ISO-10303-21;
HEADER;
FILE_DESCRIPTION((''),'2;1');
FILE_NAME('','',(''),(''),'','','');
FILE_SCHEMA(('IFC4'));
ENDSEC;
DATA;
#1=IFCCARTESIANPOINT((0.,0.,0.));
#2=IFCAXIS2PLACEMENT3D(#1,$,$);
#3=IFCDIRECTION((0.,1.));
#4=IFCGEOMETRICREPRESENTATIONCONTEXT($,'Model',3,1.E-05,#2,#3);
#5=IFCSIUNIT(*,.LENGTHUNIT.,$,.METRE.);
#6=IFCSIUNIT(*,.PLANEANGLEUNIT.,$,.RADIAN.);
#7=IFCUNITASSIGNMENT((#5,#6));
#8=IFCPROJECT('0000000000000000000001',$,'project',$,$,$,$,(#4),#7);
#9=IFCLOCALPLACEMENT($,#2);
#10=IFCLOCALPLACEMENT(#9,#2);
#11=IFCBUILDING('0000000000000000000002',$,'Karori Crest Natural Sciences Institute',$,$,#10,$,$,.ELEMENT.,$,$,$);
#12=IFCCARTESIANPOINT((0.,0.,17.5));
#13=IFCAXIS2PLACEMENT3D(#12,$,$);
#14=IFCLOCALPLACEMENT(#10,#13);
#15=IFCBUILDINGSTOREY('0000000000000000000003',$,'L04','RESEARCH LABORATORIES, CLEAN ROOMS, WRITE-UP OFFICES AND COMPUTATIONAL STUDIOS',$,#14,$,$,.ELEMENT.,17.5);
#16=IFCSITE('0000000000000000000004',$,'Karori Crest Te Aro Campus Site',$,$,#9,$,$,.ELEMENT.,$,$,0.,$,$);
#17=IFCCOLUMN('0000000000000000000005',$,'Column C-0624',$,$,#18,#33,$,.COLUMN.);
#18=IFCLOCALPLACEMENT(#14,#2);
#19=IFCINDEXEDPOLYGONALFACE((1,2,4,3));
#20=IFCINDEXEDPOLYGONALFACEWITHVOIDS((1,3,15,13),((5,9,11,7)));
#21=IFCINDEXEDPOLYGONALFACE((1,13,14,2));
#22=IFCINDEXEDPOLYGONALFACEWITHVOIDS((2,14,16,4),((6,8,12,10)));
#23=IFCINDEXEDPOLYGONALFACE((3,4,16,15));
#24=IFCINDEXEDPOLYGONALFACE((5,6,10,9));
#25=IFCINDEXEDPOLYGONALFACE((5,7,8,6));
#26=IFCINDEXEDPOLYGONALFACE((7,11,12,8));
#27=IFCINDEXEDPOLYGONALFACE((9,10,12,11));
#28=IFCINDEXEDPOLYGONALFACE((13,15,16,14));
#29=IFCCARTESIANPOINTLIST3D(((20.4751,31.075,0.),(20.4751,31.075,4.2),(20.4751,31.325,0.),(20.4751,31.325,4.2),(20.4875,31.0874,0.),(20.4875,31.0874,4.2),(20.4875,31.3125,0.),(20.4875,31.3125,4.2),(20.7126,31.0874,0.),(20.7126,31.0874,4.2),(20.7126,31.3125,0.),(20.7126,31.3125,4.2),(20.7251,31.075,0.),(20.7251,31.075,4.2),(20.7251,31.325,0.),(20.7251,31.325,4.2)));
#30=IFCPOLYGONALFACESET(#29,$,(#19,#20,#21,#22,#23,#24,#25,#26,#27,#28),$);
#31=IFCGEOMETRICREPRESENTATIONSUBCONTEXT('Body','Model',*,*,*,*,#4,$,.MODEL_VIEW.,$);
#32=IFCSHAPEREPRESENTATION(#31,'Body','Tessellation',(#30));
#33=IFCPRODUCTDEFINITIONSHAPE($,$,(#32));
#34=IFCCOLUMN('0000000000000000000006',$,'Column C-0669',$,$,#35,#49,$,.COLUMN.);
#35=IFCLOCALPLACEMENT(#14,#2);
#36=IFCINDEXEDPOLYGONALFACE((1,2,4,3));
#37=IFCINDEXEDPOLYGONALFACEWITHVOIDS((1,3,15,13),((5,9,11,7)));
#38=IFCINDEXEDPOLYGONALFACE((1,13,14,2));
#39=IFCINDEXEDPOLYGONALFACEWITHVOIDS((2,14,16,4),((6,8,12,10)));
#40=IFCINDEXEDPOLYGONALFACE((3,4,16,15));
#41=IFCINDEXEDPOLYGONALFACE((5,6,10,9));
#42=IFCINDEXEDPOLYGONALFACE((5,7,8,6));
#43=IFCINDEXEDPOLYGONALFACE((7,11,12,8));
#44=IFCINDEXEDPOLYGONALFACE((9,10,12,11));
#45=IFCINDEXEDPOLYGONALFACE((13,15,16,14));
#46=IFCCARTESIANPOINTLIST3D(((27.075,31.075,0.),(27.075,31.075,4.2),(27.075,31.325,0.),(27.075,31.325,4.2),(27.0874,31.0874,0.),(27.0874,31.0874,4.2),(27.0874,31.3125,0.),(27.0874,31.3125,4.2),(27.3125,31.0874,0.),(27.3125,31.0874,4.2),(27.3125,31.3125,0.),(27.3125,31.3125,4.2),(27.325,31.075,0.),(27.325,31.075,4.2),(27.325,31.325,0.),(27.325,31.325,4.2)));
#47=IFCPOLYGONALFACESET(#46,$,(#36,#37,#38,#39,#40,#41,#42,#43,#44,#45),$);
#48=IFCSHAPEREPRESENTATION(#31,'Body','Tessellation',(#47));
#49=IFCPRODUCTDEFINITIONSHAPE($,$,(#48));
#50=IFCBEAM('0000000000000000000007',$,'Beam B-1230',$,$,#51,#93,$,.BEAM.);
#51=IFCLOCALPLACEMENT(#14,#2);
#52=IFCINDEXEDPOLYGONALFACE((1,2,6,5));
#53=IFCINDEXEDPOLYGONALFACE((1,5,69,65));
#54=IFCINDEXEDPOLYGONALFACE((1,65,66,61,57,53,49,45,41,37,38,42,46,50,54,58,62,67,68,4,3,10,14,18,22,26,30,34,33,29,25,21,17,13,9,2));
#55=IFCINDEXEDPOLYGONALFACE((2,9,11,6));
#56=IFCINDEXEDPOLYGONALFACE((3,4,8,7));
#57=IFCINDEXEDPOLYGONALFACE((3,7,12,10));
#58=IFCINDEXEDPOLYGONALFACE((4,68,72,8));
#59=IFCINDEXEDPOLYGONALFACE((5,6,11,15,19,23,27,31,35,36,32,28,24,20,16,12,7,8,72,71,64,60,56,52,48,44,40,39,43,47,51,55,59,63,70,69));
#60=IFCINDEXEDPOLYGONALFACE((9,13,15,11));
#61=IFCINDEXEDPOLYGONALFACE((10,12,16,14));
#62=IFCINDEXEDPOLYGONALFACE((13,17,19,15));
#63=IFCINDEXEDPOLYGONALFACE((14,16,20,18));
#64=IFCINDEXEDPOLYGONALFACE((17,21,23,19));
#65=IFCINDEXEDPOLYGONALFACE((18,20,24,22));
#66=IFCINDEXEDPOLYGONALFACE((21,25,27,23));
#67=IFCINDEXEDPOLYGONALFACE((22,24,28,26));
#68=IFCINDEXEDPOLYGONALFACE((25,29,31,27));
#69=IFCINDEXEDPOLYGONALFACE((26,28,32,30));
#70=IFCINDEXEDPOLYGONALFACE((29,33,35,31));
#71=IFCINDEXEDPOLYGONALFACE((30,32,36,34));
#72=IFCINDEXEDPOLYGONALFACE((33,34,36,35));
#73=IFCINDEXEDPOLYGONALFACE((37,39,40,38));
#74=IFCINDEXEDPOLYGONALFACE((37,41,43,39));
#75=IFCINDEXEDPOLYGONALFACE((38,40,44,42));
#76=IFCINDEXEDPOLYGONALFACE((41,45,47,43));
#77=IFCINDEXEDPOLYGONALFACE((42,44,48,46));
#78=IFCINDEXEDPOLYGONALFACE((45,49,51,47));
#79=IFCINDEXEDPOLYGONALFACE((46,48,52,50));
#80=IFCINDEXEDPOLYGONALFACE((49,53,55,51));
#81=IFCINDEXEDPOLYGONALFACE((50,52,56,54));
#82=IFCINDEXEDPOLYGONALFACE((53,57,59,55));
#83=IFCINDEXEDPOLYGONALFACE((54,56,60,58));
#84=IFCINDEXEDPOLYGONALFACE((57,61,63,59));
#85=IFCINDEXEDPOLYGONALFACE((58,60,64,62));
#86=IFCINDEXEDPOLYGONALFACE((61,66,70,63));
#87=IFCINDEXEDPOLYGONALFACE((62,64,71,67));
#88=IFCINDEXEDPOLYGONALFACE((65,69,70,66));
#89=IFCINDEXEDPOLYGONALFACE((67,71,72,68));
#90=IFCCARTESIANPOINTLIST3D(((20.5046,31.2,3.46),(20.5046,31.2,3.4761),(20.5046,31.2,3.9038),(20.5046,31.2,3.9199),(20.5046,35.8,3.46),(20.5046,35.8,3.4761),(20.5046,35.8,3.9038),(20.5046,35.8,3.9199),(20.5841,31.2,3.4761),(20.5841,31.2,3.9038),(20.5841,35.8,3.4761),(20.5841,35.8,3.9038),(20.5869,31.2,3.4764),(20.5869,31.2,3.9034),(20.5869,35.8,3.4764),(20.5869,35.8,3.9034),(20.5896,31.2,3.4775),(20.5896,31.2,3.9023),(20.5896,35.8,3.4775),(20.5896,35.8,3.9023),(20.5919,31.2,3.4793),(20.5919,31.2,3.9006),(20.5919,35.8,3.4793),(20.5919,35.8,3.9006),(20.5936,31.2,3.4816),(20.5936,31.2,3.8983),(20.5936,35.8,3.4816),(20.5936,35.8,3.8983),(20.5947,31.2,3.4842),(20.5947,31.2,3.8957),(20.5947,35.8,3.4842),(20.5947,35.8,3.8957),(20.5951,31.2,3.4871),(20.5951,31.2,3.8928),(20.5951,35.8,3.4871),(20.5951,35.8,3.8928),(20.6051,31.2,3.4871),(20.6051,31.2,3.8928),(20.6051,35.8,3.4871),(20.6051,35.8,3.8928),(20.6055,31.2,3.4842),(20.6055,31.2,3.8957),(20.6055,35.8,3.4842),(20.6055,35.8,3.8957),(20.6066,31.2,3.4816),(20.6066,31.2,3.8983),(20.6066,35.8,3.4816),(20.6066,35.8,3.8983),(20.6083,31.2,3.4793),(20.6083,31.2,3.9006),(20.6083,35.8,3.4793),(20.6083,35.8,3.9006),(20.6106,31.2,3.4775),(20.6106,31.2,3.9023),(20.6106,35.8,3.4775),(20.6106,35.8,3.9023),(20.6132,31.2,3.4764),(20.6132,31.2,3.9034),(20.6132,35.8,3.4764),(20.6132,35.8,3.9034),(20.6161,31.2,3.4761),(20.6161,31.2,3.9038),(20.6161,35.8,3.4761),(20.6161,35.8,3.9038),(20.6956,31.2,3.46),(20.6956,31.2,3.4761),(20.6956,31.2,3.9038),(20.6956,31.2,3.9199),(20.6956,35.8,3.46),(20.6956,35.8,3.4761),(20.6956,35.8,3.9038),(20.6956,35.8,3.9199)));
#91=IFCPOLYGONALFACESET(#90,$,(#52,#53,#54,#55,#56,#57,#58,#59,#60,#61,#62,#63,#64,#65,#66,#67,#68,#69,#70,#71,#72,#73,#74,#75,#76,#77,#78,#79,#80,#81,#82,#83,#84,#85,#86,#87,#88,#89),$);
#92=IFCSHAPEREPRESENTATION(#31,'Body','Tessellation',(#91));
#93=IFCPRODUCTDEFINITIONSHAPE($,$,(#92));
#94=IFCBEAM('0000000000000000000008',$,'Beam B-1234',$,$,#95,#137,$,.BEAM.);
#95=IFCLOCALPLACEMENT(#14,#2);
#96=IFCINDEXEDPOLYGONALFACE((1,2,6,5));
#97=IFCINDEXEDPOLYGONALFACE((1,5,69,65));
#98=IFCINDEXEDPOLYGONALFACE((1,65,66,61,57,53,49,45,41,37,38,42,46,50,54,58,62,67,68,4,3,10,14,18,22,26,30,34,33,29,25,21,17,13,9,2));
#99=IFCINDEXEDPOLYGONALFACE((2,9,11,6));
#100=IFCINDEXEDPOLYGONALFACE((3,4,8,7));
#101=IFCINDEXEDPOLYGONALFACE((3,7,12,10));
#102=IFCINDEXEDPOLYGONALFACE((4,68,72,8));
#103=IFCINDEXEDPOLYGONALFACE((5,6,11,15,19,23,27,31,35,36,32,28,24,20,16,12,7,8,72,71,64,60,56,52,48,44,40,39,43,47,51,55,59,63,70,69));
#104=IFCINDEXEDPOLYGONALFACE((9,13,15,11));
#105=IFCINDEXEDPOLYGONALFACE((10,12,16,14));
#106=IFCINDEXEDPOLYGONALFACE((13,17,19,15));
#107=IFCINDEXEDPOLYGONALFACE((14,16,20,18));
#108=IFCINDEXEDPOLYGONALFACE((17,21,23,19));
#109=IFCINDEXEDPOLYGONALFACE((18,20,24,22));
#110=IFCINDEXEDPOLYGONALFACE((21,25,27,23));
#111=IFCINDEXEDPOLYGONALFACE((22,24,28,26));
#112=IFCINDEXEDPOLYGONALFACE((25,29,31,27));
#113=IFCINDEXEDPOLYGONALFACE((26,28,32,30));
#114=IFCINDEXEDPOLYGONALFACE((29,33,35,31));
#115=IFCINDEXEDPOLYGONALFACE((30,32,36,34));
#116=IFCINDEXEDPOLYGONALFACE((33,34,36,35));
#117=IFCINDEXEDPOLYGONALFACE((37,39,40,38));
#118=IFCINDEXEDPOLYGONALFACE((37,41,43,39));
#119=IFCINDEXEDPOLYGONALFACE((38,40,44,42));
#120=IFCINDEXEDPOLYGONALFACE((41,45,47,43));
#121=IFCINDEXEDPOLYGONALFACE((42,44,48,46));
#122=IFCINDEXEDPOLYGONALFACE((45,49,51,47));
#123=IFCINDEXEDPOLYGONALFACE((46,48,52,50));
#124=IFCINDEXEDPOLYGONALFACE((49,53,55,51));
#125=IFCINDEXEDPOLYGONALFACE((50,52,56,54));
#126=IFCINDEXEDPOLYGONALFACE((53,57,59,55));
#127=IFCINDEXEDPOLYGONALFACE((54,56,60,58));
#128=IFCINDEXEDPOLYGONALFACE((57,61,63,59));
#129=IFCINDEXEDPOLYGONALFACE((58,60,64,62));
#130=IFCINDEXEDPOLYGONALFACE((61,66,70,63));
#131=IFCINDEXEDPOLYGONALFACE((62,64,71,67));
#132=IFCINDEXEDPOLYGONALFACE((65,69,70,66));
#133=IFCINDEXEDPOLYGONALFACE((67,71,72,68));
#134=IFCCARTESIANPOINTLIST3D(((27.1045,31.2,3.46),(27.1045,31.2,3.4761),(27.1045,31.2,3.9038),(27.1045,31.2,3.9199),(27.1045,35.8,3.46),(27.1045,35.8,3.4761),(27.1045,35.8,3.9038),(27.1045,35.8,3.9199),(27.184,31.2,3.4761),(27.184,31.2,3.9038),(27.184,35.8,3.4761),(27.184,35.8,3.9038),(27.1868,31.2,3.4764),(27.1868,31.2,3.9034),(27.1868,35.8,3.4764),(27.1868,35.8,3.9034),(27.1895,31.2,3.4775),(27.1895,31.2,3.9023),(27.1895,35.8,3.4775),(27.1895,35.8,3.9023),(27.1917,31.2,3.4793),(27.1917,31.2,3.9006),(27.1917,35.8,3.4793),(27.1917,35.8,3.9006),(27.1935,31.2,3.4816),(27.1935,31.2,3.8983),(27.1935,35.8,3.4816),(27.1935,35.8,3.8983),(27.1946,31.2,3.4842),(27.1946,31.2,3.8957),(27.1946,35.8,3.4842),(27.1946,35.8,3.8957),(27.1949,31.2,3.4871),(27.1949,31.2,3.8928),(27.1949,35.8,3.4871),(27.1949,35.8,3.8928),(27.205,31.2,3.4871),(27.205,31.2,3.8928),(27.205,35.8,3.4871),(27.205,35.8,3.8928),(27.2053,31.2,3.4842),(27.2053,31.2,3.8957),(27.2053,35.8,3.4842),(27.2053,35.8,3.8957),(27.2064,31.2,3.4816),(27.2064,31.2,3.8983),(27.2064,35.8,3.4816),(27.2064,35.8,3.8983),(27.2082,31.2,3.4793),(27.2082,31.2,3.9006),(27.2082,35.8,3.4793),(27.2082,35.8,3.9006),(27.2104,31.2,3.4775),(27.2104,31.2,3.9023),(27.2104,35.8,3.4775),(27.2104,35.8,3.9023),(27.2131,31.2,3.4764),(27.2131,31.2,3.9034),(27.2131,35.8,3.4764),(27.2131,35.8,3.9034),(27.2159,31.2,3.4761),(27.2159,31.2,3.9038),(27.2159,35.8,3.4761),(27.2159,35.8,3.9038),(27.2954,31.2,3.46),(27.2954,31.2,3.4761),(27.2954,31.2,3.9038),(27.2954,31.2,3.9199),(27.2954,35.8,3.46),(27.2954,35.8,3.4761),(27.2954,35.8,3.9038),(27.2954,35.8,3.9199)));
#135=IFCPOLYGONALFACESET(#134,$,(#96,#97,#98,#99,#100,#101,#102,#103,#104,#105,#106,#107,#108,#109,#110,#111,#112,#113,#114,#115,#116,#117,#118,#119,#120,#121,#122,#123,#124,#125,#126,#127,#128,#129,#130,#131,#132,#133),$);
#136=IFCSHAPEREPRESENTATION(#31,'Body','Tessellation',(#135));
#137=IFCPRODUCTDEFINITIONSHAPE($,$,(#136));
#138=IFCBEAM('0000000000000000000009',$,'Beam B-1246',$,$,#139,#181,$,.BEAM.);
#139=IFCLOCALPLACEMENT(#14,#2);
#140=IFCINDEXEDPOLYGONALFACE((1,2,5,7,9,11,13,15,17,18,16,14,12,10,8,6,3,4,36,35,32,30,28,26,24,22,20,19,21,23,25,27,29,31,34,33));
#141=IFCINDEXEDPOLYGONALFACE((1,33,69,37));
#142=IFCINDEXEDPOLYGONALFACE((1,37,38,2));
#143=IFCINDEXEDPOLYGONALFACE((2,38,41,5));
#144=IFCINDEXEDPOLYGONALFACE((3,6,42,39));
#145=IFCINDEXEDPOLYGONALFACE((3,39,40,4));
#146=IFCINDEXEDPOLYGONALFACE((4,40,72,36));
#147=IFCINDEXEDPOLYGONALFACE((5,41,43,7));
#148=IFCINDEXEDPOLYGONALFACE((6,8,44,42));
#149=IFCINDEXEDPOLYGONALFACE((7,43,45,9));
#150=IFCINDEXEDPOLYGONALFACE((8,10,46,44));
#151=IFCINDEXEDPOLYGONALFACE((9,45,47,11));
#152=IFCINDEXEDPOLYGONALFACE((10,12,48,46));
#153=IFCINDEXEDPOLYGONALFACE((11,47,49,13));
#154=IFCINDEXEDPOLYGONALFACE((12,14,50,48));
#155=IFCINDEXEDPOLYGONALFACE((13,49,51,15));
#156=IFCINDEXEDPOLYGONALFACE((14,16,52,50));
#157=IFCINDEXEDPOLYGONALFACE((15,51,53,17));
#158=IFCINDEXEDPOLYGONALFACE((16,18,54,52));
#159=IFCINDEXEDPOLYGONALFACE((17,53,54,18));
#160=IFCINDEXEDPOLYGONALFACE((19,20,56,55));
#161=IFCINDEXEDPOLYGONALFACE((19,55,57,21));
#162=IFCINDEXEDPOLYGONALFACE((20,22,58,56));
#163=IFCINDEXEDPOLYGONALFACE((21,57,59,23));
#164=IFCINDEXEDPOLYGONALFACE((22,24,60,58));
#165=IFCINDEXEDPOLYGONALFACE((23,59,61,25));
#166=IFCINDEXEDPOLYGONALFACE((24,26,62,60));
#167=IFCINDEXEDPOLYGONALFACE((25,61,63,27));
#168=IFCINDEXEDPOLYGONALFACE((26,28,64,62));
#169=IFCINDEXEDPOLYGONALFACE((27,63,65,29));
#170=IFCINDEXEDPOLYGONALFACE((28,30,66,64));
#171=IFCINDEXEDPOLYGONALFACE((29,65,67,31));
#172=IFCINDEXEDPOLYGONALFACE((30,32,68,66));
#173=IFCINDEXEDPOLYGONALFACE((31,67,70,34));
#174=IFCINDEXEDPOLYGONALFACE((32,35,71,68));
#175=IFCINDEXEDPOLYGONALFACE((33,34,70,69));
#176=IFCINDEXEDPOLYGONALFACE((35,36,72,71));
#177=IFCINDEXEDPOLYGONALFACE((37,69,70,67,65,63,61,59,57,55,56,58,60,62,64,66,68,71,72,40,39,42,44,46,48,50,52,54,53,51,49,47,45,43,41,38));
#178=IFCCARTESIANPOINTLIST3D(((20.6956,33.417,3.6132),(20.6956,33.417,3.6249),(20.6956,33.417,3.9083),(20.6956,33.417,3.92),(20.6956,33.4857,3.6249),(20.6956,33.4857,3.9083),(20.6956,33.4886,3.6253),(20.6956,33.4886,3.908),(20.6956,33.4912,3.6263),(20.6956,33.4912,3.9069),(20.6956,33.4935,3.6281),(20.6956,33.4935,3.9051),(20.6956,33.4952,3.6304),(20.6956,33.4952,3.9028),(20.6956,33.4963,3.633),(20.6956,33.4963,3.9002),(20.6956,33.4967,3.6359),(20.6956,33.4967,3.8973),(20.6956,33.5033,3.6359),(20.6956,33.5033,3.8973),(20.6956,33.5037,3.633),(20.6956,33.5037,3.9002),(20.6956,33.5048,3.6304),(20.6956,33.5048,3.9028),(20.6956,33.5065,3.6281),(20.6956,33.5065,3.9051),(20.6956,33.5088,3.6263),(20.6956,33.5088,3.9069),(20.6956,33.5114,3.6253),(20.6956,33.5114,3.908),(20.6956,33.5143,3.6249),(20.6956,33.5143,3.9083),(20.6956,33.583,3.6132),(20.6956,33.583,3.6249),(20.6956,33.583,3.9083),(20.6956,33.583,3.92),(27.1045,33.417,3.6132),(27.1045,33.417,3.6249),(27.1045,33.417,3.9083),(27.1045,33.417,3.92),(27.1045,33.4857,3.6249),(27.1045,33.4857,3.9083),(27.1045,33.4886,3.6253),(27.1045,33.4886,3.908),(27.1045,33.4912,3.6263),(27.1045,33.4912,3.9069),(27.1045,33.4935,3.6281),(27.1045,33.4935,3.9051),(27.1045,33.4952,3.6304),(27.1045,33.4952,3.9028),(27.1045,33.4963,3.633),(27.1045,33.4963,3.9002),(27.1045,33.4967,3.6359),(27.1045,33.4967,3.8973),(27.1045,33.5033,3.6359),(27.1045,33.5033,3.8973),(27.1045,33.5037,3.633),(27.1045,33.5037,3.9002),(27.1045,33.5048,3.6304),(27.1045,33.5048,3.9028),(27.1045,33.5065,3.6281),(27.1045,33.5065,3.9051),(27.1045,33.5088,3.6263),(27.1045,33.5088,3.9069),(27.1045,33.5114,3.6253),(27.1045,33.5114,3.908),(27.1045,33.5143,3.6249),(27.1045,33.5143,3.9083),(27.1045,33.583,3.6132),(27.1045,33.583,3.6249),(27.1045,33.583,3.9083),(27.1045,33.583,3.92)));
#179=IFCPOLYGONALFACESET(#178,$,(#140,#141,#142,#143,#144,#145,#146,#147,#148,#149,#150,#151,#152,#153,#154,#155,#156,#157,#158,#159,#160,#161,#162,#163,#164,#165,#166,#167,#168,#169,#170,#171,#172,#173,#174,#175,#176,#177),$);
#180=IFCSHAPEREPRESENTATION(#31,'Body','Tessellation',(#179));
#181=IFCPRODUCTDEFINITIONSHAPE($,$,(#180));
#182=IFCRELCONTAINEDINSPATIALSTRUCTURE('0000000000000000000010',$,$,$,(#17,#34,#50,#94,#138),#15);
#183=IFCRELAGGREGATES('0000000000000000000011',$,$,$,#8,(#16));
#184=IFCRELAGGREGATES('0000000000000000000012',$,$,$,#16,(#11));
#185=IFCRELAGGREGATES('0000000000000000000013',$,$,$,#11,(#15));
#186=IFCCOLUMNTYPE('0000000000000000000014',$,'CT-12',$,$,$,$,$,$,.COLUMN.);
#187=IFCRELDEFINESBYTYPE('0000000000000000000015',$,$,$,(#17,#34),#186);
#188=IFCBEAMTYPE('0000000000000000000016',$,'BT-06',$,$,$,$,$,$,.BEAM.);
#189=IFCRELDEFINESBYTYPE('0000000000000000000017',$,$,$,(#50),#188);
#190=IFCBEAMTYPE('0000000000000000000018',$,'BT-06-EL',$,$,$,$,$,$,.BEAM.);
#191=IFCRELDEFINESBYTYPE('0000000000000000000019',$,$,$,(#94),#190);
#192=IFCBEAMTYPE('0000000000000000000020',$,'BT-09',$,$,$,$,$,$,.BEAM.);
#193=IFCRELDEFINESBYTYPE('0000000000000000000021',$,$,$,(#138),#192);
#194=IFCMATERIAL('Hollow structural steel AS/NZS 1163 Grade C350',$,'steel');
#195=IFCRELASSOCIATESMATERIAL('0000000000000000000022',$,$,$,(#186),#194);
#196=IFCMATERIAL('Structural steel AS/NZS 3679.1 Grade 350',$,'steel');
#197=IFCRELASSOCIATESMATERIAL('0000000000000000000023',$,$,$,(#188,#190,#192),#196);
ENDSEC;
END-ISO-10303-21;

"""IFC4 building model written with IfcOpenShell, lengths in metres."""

from ifc_helpers import new_model, si_unit, direction, frame, origin, origin_2d, place, context, subcontext, project, spatial, hollow_rectangle, i_section, extrude, material, material_profile, profile_set, type_object, element, save


model = new_model("IFC4")

# Units and contexts
model_context = context("Model", 3, precision=1e-05, world=origin(), true_north=direction((0.0, 1.0)))
body_context = subcontext(model_context, "Body", "Model", "MODEL_VIEW")
ifc_project = project(units=[si_unit("LENGTHUNIT", "METRE"), si_unit("PLANEANGLEUNIT", "RADIAN")], contexts=[model_context])

# Site, building, storey
site_placement = place(None, origin())
site = spatial("IfcSite", under=ifc_project, at=site_placement, Name="Karori Crest Te Aro Campus Site", CompositionType="ELEMENT", RefElevation=0.0)
building_placement = place(site_placement, origin())
building = spatial("IfcBuilding", under=site, at=building_placement, Name="Karori Crest Natural Sciences Institute", CompositionType="ELEMENT")
storey_placement = place(building_placement, frame((0.0, 0.0, 17.5)))
storey = spatial("IfcBuildingStorey", under=building, at=storey_placement, Name="L04", Description="RESEARCH LABORATORIES, CLEAN ROOMS, WRITE-UP OFFICES AND COMPUTATIONAL STUDIOS", CompositionType="ELEMENT", Elevation=17.5)

# Columns
ifc_material_1 = material(Name="Hollow structural steel AS/NZS 1163 Grade C350", Category="steel")
ifc_material_profile_1 = material_profile(ifc_material_1, hollow_rectangle(XDim=0.25, YDim=0.25, WallThickness=0.0125, at=origin_2d()), Name="SHS250x250x12.5")
ifc_profile_set_1 = profile_set([ifc_material_profile_1], Name="Hollow structural steel AS/NZS 1163 Grade C350")
column_type = type_object("IfcColumnType", Name="CT-12", PredefinedType="COLUMN", material=ifc_profile_set_1)
for number, where, z_axis, x_axis, name in (
    (1, (20.6001, 31.2, 0.0), (0.0, 0.0, 1.0), (1.0, 0.0, 0.0), "Column C-0624"),
    (2, (27.2, 31.2, 0.0), (0.0, 0.0, 1.0), (1.0, 0.0, 0.0), "Column C-0669"),
):
    element("IfcColumn", number, at=place(storey_placement, frame(where, z_axis=z_axis, x_axis=x_axis)), inside=storey, type_object=column_type, Name=name, PredefinedType="COLUMN", context=body_context, shape_type="SweptSolid", body=[
        extrude(hollow_rectangle(XDim=0.25, YDim=0.25, WallThickness=0.0125, at=origin_2d()), origin(), (0.0, 0.0, 1.0), 4.2),
    ])

# Beams
ifc_material_2 = material(Name="Structural steel AS/NZS 3679.1 Grade 350", Category="steel")
ifc_material_profile_2 = material_profile(ifc_material_2, i_section(OverallWidth=0.1909, OverallDepth=0.46, WebThickness=0.01, FlangeThickness=0.0161, FilletRadius=0.011, at=origin_2d()), Name="460UB82.1")
ifc_profile_set_2 = profile_set([ifc_material_profile_2], Name="Structural steel AS/NZS 3679.1 Grade 350")
beam_type_1 = type_object("IfcBeamType", Name="BT-06", PredefinedType="BEAM", material=ifc_profile_set_2)
beam_1_placement = place(storey_placement, frame((20.6001, 31.2, 3.6899), z_axis=(0.0, 1.0, 0.0), x_axis=(-1.0, 0.0, 0.0)))
element("IfcBeam", 3, at=beam_1_placement, inside=storey, type_object=beam_type_1, Name="Beam B-1230", PredefinedType="BEAM", context=body_context, shape_type="SweptSolid", body=[
    extrude(i_section(OverallWidth=0.1909, OverallDepth=0.46, WebThickness=0.01, FlangeThickness=0.0161, FilletRadius=0.011, at=origin_2d()), origin(), (0.0, 0.0, 1.0), 4.6001),
])
ifc_material_profile_3 = material_profile(ifc_material_2, i_section(OverallWidth=0.1909, OverallDepth=0.46, WebThickness=0.01, FlangeThickness=0.0161, FilletRadius=0.011, at=origin_2d()), Name="460UB82.1")
ifc_profile_set_3 = profile_set([ifc_material_profile_3], Name="Structural steel AS/NZS 3679.1 Grade 350")
beam_type_2 = type_object("IfcBeamType", Name="BT-06-EL", PredefinedType="BEAM", material=ifc_profile_set_3)
beam_2_placement = place(storey_placement, frame((27.2, 31.2, 3.6899), z_axis=(0.0, 1.0, 0.0), x_axis=(-1.0, 0.0, 0.0)))
element("IfcBeam", 4, at=beam_2_placement, inside=storey, type_object=beam_type_2, Name="Beam B-1234", PredefinedType="BEAM", context=body_context, shape_type="SweptSolid", body=[
    extrude(i_section(OverallWidth=0.1909, OverallDepth=0.46, WebThickness=0.01, FlangeThickness=0.0161, FilletRadius=0.011, at=origin_2d()), origin(), (0.0, 0.0, 1.0), 4.6001),
])
ifc_material_profile_4 = material_profile(ifc_material_2, i_section(OverallWidth=0.166, OverallDepth=0.3069, WebThickness=0.0066, FlangeThickness=0.0117, FilletRadius=0.011, at=origin_2d()), Name="310UB46.2")
ifc_profile_set_4 = profile_set([ifc_material_profile_4], Name="Structural steel AS/NZS 3679.1 Grade 350")
beam_type_3 = type_object("IfcBeamType", Name="BT-09", PredefinedType="BEAM", material=ifc_profile_set_4)
beam_3_placement = place(storey_placement, frame((20.6956, 33.5, 3.7666), z_axis=(1.0, 0.0, 0.0), x_axis=(0.0, 1.0, 0.0)))
element("IfcBeam", 5, at=beam_3_placement, inside=storey, type_object=beam_type_3, Name="Beam B-1246", PredefinedType="BEAM", context=body_context, shape_type="SweptSolid", body=[
    extrude(i_section(OverallWidth=0.166, OverallDepth=0.3069, WebThickness=0.0066, FlangeThickness=0.0117, FilletRadius=0.011, at=origin_2d()), origin(), (0.0, 0.0, 1.0), 6.4089),
])

save(model, "model.ifc")
